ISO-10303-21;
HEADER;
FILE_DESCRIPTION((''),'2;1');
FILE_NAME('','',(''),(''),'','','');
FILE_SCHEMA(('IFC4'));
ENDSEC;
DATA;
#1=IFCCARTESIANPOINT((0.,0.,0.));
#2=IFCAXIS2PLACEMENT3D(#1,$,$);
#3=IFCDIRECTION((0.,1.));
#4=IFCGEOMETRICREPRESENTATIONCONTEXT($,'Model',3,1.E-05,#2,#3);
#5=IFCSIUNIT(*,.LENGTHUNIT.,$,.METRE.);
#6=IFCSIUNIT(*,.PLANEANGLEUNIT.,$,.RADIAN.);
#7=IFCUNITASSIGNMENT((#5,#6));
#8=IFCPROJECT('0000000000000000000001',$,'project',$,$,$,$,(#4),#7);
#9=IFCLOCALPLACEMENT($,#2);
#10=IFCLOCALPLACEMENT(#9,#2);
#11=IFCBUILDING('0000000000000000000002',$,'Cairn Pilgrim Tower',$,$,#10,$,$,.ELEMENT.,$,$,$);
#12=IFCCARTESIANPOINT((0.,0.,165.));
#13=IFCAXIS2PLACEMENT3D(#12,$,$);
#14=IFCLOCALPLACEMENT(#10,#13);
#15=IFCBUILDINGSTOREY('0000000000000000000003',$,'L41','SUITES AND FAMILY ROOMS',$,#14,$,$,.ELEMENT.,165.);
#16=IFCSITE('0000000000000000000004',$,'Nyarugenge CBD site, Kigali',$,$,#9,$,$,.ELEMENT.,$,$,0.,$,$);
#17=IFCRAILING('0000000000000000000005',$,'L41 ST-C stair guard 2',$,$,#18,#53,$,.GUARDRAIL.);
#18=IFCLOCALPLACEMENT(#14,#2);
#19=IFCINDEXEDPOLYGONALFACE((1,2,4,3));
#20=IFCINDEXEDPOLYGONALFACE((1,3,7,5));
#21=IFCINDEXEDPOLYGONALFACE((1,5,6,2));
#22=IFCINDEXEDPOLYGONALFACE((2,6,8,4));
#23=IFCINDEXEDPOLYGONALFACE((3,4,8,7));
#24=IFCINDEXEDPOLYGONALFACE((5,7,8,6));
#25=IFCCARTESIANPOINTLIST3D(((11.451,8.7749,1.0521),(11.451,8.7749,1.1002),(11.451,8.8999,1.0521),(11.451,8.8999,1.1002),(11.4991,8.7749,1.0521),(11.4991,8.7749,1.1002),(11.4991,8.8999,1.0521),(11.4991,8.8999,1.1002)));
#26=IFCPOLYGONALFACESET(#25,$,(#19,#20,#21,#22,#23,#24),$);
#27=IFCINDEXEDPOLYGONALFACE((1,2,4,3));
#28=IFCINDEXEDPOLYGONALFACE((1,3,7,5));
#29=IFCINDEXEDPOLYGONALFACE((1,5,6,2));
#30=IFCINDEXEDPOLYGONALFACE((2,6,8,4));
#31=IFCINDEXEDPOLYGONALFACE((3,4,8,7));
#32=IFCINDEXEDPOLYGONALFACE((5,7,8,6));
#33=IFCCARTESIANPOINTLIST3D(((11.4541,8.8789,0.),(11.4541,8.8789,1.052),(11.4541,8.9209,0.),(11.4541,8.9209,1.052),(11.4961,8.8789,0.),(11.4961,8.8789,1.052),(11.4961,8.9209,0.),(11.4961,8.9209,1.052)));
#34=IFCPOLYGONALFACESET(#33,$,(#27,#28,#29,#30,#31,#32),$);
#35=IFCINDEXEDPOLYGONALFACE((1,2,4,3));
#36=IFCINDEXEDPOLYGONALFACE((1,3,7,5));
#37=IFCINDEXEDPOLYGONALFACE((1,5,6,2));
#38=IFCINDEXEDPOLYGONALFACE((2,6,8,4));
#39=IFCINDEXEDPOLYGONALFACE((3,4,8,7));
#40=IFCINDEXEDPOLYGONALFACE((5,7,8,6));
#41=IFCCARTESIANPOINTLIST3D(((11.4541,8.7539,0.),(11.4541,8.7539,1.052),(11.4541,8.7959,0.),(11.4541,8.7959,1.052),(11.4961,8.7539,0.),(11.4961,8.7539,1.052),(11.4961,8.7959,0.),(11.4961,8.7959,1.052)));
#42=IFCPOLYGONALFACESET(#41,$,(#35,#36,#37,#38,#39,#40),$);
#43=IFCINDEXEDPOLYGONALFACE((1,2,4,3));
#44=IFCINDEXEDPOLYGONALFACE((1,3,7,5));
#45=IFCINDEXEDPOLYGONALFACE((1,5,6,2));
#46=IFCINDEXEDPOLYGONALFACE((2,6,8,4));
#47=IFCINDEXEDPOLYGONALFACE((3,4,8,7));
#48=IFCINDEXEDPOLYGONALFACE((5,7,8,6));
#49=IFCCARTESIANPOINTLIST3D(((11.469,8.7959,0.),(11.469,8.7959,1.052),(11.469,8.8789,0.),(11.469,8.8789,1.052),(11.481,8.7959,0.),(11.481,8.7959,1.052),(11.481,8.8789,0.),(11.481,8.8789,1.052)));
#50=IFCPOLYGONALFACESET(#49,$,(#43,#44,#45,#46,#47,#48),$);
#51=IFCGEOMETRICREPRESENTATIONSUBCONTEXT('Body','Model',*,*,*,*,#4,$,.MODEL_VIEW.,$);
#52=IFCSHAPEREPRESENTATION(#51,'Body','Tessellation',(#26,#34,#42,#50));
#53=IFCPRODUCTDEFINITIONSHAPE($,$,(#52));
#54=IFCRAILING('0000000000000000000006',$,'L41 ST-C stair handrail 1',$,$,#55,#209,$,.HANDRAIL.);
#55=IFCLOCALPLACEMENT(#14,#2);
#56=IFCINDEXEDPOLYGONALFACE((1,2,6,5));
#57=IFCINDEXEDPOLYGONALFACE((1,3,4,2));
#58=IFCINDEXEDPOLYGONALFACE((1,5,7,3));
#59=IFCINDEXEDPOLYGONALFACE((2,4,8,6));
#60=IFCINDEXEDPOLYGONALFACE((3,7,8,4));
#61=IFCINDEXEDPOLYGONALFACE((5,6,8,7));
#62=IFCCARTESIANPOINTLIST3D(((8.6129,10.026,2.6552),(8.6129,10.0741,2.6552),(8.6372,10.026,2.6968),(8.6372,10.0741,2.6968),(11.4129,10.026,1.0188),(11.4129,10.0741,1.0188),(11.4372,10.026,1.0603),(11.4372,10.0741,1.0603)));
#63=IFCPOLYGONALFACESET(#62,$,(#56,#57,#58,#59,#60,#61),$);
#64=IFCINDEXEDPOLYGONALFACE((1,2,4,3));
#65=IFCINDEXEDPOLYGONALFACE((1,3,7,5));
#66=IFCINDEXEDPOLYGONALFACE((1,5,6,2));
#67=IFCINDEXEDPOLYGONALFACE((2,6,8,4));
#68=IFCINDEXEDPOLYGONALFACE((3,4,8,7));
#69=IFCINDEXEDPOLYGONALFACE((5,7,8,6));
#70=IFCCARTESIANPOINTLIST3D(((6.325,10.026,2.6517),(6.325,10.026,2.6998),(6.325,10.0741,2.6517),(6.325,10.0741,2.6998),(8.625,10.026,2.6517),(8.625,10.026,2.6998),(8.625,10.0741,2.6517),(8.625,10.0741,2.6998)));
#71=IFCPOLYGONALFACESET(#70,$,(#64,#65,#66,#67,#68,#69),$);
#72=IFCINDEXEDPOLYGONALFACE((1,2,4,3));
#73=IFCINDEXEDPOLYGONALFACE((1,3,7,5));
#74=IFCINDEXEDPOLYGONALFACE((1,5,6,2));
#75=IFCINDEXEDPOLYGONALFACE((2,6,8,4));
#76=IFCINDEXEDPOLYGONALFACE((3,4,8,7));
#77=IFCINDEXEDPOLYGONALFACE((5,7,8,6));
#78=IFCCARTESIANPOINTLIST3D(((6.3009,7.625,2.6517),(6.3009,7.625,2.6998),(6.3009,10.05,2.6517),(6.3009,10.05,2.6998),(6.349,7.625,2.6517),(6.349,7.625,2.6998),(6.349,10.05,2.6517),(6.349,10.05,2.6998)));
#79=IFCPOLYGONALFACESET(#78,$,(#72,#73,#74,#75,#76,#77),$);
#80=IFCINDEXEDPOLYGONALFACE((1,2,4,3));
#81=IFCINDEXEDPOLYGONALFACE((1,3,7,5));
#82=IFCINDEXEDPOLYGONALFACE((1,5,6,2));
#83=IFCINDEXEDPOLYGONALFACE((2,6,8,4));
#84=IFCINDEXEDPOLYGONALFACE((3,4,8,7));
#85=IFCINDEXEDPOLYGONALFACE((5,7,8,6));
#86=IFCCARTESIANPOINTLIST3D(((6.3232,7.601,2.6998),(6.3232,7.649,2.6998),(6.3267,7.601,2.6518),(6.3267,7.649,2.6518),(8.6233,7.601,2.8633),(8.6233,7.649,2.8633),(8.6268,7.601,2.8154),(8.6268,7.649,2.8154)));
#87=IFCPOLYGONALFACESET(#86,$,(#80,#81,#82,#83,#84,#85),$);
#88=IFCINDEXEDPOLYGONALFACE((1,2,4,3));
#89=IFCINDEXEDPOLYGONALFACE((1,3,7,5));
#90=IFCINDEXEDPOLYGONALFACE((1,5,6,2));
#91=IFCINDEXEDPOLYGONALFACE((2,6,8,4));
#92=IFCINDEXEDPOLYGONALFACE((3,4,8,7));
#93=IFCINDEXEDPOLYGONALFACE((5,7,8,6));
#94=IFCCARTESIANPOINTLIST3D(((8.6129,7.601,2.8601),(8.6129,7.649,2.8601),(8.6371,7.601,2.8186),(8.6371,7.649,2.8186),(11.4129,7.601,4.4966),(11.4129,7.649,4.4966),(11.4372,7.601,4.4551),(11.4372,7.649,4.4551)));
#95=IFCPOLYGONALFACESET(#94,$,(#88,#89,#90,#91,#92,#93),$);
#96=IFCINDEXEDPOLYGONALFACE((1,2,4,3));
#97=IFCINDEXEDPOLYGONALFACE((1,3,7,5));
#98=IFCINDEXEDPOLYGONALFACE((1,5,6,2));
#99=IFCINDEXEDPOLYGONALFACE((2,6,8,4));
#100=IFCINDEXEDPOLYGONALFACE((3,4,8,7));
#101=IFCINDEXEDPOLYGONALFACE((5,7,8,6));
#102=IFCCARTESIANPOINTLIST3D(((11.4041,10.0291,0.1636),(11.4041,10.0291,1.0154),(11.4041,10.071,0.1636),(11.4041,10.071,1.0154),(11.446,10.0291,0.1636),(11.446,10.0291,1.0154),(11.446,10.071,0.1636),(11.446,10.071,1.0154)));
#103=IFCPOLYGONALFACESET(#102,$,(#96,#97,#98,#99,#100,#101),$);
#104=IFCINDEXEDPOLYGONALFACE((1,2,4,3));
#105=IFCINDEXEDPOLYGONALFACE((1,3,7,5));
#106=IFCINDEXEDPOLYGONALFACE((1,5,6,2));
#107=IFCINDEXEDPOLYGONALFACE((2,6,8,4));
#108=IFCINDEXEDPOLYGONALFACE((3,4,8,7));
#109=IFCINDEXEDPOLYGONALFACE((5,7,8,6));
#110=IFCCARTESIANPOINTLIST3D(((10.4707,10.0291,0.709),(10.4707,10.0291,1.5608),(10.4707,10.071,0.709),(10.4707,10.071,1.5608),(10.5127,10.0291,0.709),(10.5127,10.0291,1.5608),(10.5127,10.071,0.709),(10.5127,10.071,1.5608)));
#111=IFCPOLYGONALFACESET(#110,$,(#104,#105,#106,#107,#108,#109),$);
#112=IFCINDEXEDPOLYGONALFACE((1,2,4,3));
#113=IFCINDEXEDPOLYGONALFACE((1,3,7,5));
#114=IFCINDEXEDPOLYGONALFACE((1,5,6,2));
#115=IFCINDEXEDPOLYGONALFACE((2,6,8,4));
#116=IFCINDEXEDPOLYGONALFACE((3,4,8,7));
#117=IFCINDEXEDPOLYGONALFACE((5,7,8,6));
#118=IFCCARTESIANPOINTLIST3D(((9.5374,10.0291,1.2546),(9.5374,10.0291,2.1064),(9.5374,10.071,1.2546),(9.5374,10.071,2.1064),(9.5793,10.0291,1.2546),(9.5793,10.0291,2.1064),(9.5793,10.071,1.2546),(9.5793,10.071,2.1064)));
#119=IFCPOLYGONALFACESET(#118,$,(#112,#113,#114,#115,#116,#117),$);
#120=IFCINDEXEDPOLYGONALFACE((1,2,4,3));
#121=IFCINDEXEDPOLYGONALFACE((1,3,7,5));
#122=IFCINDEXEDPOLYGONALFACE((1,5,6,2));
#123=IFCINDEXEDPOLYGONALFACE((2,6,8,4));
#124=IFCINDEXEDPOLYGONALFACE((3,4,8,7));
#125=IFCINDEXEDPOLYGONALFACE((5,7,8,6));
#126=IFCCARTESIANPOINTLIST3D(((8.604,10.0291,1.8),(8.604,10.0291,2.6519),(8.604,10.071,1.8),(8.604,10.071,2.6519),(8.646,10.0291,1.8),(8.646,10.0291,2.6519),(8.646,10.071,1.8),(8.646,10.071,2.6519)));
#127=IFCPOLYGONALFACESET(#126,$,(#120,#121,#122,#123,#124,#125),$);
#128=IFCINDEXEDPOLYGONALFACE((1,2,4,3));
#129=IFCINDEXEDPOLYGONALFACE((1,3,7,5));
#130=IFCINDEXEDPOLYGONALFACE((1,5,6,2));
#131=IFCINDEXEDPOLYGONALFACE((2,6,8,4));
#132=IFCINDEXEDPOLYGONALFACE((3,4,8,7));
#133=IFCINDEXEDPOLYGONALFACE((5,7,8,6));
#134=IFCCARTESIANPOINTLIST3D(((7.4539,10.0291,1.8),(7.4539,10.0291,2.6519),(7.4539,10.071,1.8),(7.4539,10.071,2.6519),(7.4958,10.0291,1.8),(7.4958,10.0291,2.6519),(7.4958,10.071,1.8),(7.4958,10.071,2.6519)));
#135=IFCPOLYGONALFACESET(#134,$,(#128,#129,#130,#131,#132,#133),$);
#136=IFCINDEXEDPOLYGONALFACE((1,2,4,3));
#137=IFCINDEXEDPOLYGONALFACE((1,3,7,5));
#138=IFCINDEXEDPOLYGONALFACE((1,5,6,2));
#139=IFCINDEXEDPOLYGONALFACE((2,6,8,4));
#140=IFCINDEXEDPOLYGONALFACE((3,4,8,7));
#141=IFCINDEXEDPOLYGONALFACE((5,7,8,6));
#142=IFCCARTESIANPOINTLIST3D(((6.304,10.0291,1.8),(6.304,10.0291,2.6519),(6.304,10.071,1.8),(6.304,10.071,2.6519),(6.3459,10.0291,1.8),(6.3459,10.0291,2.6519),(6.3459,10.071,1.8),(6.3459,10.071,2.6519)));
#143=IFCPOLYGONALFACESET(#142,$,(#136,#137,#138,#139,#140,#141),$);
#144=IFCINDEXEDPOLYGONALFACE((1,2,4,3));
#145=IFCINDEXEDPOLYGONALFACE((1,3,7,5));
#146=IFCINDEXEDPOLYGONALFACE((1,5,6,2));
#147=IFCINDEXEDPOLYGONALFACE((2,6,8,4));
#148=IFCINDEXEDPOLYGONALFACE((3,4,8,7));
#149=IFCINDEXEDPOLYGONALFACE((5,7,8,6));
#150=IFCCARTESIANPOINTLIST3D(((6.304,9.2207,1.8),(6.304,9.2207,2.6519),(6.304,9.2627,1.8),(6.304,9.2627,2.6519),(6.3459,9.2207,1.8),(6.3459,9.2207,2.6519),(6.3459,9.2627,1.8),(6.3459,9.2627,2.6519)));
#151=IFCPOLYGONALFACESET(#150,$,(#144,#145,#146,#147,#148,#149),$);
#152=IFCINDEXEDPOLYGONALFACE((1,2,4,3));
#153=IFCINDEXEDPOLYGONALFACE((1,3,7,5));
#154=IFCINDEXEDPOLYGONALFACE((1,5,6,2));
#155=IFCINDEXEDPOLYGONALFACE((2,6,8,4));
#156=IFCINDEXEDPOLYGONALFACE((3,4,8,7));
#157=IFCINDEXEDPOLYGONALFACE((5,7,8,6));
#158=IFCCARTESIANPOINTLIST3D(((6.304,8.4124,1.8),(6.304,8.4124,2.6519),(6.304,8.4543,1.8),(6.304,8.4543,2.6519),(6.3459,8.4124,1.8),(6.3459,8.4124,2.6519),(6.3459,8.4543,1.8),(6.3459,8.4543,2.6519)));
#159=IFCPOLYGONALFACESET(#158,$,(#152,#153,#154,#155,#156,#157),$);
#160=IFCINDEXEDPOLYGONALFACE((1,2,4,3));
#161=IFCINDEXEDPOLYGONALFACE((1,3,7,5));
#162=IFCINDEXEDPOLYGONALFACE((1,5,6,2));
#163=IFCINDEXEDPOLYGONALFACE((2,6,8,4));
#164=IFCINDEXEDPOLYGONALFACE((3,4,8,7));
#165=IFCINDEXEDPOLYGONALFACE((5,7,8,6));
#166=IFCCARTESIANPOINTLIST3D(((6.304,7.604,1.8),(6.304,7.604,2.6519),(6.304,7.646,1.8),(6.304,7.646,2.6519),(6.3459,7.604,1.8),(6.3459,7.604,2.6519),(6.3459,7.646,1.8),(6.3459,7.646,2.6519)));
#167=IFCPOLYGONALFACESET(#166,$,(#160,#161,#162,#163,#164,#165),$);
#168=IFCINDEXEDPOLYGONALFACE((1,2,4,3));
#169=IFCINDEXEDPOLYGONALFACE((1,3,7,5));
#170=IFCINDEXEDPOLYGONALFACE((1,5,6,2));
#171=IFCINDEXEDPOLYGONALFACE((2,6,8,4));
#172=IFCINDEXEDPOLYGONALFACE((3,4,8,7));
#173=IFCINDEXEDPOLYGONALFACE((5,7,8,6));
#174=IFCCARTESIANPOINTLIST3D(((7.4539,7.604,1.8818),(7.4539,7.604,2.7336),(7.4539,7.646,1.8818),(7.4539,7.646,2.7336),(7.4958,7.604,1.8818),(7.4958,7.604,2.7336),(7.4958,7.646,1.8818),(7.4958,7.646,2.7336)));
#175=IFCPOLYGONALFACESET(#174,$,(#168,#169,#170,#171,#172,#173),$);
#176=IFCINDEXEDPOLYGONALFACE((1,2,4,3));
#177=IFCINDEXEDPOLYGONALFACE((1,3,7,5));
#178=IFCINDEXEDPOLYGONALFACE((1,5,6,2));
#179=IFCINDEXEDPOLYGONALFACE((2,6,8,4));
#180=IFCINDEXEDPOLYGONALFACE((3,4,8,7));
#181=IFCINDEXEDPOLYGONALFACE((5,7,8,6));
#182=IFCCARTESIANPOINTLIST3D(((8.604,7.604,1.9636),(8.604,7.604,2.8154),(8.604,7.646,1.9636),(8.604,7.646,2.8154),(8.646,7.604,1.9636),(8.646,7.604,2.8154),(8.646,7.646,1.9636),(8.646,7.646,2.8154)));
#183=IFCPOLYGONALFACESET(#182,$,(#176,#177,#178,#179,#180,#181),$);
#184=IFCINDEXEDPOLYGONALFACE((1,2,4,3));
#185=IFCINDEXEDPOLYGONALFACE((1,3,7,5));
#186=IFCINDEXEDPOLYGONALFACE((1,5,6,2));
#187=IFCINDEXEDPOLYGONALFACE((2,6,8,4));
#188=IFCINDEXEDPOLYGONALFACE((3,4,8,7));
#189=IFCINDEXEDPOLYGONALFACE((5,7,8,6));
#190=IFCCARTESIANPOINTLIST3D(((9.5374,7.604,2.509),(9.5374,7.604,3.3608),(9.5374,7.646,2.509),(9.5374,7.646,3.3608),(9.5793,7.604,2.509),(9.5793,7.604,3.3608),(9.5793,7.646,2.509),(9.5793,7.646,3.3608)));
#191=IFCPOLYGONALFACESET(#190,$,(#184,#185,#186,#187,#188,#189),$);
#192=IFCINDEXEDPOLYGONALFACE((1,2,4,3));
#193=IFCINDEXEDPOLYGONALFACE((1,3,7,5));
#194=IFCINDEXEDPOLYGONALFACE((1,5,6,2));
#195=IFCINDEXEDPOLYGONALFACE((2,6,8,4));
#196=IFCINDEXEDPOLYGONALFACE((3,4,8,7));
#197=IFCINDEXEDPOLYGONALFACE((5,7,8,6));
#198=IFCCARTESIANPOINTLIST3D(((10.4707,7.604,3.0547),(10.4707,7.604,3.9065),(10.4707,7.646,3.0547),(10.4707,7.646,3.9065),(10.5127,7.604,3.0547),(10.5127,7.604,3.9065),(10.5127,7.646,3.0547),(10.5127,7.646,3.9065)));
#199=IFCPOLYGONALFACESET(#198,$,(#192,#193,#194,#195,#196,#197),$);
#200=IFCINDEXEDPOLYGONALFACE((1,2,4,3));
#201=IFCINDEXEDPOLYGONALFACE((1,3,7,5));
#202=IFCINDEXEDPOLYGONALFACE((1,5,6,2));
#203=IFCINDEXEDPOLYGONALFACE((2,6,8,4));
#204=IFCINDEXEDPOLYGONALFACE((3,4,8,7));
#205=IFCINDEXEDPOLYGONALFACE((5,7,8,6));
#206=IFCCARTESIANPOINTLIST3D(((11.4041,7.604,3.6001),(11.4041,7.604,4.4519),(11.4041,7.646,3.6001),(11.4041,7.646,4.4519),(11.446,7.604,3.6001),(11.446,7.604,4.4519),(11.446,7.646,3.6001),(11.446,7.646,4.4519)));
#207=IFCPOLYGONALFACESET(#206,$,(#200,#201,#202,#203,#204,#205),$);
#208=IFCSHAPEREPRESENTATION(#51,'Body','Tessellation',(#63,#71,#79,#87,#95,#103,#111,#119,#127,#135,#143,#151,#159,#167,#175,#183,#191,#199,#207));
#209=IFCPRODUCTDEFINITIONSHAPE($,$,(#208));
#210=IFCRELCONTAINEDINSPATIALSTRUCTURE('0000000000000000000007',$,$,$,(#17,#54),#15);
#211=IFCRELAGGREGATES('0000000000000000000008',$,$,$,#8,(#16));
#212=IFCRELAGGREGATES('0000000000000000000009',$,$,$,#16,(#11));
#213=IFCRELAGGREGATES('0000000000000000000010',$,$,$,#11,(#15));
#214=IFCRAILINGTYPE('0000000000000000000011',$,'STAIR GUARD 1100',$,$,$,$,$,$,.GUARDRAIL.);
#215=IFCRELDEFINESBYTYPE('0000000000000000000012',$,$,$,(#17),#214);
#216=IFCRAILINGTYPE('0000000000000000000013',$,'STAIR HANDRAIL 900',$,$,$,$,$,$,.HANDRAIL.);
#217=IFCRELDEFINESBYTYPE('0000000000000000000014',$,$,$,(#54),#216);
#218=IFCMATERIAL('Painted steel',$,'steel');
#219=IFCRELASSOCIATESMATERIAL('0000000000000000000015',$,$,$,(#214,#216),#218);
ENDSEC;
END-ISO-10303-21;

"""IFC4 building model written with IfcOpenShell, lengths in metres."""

from ifc_helpers import new_model, si_unit, direction, frame, origin, origin_2d, place, context, subcontext, project, spatial, polyline, rectangle, outline, extrude, material, type_object, element, save


model = new_model("IFC4")

# Units and contexts
model_context = context("Model", 3, precision=1e-05, world=origin(), true_north=direction((0.0, 1.0)))
body_context = subcontext(model_context, "Body", "Model", "MODEL_VIEW")
ifc_project = project(units=[si_unit("LENGTHUNIT", "METRE"), si_unit("PLANEANGLEUNIT", "RADIAN")], contexts=[model_context])

# Site, building, storey
site_placement = place(None, origin())
site = spatial("IfcSite", under=ifc_project, at=site_placement, Name="Nyarugenge CBD site, Kigali", CompositionType="ELEMENT", RefElevation=0.0)
building_placement = place(site_placement, origin())
building = spatial("IfcBuilding", under=site, at=building_placement, Name="Cairn Pilgrim Tower", CompositionType="ELEMENT")
storey_placement = place(building_placement, frame((0.0, 0.0, 165.0)))
storey = spatial("IfcBuildingStorey", under=building, at=storey_placement, Name="L41", Description="SUITES AND FAMILY ROOMS", CompositionType="ELEMENT", Elevation=165.0)

# Shared definitions
ifc_material_1 = material(Name="Painted steel", Category="steel")

# Railings
railing_type_1 = type_object("IfcRailingType", Name="STAIR GUARD 1100", PredefinedType="GUARDRAIL", material=ifc_material_1)
railing_1_placement = place(storey_placement, frame((11.4751, 8.8999, 0.0)))
element("IfcRailing", 1, at=railing_1_placement, inside=storey, type_object=railing_type_1, Name="L41 ST-C stair guard 2", PredefinedType="GUARDRAIL", context=body_context, shape_type="SweptSolid", body=[
    extrude(rectangle(XDim=0.0481, YDim=0.0481, at=origin_2d()), frame((0.0, 0.0, 1.0762), z_axis=(0.0, -1.0, 0.0), x_axis=(1.0, 0.0, 0.0)), (0.0, 0.0, 1.0), 0.125),
    extrude(rectangle(XDim=0.042, YDim=0.042, at=origin_2d()), origin(), (0.0, 0.0, 1.0), 1.052),
    extrude(rectangle(XDim=0.042, YDim=0.042, at=origin_2d()), frame((0.0, -0.125, 0.0)), (0.0, 0.0, 1.0), 1.052),
    extrude(outline(polyline([(0.021, 0.0), (0.104, 0.0), (0.104, 1.052), (0.021, 1.052), (0.021, 0.0)])), frame((0.0059, 0.0, 0.0), z_axis=(-1.0, 0.0, 0.0), x_axis=(0.0, -1.0, 0.0)), (0.0, 0.0, 1.0), 0.012),
])
railing_type_2 = type_object("IfcRailingType", Name="STAIR HANDRAIL 900", PredefinedType="HANDRAIL", material=ifc_material_1)
railing_2_placement = place(storey_placement, frame((11.425, 10.05, 0.1636)))
element("IfcRailing", 2, at=railing_2_placement, inside=storey, type_object=railing_type_2, Name="L41 ST-C stair handrail 1", PredefinedType="HANDRAIL", context=body_context, shape_type="SweptSolid", body=[
    extrude(rectangle(XDim=0.0481, YDim=0.0481, at=origin_2d()), frame((0.0, 0.0, 0.876), z_axis=(-0.863361, 0.0, 0.504587), x_axis=(0.0, -1.0, 0.0)), (0.0, 0.0, 1.0), 3.2432),
    extrude(rectangle(XDim=0.0481, YDim=0.0481, at=origin_2d()), frame((-2.8, 0.0, 2.5122), z_axis=(-1.0, 0.0, 0.0), x_axis=(0.0, -1.0, 0.0)), (0.0, 0.0, 1.0), 2.3),
    extrude(rectangle(XDim=0.0481, YDim=0.0481, at=origin_2d()), frame((-5.1001, 0.0, 2.5122), z_axis=(0.0, -1.0, 0.0), x_axis=(1.0, 0.0, 0.0)), (0.0, 0.0, 1.0), 2.425),
    extrude(rectangle(XDim=0.0481, YDim=0.0481, at=origin_2d()), frame((-5.1001, -2.425, 2.5122), z_axis=(0.997481, 0.0, 0.070939), x_axis=(0.0, 1.0, 0.0)), (0.0, 0.0, 1.0), 2.3059),
    extrude(rectangle(XDim=0.0481, YDim=0.0481, at=origin_2d()), frame((-2.8, -2.425, 2.6758), z_axis=(0.863361, 0.0, 0.504587), x_axis=(0.0, 1.0, 0.0)), (0.0, 0.0, 1.0), 3.2432),
    extrude(rectangle(XDim=0.042, YDim=0.042, at=origin_2d()), origin(), (0.0, 0.0, 1.0), 0.8518),
    extrude(rectangle(XDim=0.042, YDim=0.042, at=origin_2d()), frame((-0.9333, 0.0, 0.5454)), (0.0, 0.0, 1.0), 0.8518),
    extrude(rectangle(XDim=0.042, YDim=0.042, at=origin_2d()), frame((-1.8667, 0.0, 1.0911)), (0.0, 0.0, 1.0), 0.8518),
    extrude(rectangle(XDim=0.042, YDim=0.042, at=origin_2d()), frame((-2.8, 0.0, 1.6365)), (0.0, 0.0, 1.0), 0.8518),
    extrude(rectangle(XDim=0.042, YDim=0.042, at=origin_2d()), frame((-3.9502, 0.0, 1.6365)), (0.0, 0.0, 1.0), 0.8518),
    extrude(rectangle(XDim=0.042, YDim=0.042, at=origin_2d()), frame((-5.1001, 0.0, 1.6365)), (0.0, 0.0, 1.0), 0.8518),
    extrude(rectangle(XDim=0.042, YDim=0.042, at=origin_2d()), frame((-5.1001, -0.8083, 1.6365)), (0.0, 0.0, 1.0), 0.8518),
    extrude(rectangle(XDim=0.042, YDim=0.042, at=origin_2d()), frame((-5.1001, -1.6167, 1.6365)), (0.0, 0.0, 1.0), 0.8518),
    extrude(rectangle(XDim=0.042, YDim=0.042, at=origin_2d()), frame((-5.1001, -2.425, 1.6365)), (0.0, 0.0, 1.0), 0.8518),
    extrude(rectangle(XDim=0.042, YDim=0.042, at=origin_2d()), frame((-3.9502, -2.425, 1.7183)), (0.0, 0.0, 1.0), 0.8518),
    extrude(rectangle(XDim=0.042, YDim=0.042, at=origin_2d()), frame((-2.8, -2.425, 1.8)), (0.0, 0.0, 1.0), 0.8518),
    extrude(rectangle(XDim=0.042, YDim=0.042, at=origin_2d()), frame((-1.8667, -2.425, 2.3455)), (0.0, 0.0, 1.0), 0.8518),
    extrude(rectangle(XDim=0.042, YDim=0.042, at=origin_2d()), frame((-0.9333, -2.425, 2.8911)), (0.0, 0.0, 1.0), 0.8518),
    extrude(rectangle(XDim=0.042, YDim=0.042, at=origin_2d()), frame((0.0, -2.425, 3.4365)), (0.0, 0.0, 1.0), 0.8518),
])

save(model, "model.ifc")
